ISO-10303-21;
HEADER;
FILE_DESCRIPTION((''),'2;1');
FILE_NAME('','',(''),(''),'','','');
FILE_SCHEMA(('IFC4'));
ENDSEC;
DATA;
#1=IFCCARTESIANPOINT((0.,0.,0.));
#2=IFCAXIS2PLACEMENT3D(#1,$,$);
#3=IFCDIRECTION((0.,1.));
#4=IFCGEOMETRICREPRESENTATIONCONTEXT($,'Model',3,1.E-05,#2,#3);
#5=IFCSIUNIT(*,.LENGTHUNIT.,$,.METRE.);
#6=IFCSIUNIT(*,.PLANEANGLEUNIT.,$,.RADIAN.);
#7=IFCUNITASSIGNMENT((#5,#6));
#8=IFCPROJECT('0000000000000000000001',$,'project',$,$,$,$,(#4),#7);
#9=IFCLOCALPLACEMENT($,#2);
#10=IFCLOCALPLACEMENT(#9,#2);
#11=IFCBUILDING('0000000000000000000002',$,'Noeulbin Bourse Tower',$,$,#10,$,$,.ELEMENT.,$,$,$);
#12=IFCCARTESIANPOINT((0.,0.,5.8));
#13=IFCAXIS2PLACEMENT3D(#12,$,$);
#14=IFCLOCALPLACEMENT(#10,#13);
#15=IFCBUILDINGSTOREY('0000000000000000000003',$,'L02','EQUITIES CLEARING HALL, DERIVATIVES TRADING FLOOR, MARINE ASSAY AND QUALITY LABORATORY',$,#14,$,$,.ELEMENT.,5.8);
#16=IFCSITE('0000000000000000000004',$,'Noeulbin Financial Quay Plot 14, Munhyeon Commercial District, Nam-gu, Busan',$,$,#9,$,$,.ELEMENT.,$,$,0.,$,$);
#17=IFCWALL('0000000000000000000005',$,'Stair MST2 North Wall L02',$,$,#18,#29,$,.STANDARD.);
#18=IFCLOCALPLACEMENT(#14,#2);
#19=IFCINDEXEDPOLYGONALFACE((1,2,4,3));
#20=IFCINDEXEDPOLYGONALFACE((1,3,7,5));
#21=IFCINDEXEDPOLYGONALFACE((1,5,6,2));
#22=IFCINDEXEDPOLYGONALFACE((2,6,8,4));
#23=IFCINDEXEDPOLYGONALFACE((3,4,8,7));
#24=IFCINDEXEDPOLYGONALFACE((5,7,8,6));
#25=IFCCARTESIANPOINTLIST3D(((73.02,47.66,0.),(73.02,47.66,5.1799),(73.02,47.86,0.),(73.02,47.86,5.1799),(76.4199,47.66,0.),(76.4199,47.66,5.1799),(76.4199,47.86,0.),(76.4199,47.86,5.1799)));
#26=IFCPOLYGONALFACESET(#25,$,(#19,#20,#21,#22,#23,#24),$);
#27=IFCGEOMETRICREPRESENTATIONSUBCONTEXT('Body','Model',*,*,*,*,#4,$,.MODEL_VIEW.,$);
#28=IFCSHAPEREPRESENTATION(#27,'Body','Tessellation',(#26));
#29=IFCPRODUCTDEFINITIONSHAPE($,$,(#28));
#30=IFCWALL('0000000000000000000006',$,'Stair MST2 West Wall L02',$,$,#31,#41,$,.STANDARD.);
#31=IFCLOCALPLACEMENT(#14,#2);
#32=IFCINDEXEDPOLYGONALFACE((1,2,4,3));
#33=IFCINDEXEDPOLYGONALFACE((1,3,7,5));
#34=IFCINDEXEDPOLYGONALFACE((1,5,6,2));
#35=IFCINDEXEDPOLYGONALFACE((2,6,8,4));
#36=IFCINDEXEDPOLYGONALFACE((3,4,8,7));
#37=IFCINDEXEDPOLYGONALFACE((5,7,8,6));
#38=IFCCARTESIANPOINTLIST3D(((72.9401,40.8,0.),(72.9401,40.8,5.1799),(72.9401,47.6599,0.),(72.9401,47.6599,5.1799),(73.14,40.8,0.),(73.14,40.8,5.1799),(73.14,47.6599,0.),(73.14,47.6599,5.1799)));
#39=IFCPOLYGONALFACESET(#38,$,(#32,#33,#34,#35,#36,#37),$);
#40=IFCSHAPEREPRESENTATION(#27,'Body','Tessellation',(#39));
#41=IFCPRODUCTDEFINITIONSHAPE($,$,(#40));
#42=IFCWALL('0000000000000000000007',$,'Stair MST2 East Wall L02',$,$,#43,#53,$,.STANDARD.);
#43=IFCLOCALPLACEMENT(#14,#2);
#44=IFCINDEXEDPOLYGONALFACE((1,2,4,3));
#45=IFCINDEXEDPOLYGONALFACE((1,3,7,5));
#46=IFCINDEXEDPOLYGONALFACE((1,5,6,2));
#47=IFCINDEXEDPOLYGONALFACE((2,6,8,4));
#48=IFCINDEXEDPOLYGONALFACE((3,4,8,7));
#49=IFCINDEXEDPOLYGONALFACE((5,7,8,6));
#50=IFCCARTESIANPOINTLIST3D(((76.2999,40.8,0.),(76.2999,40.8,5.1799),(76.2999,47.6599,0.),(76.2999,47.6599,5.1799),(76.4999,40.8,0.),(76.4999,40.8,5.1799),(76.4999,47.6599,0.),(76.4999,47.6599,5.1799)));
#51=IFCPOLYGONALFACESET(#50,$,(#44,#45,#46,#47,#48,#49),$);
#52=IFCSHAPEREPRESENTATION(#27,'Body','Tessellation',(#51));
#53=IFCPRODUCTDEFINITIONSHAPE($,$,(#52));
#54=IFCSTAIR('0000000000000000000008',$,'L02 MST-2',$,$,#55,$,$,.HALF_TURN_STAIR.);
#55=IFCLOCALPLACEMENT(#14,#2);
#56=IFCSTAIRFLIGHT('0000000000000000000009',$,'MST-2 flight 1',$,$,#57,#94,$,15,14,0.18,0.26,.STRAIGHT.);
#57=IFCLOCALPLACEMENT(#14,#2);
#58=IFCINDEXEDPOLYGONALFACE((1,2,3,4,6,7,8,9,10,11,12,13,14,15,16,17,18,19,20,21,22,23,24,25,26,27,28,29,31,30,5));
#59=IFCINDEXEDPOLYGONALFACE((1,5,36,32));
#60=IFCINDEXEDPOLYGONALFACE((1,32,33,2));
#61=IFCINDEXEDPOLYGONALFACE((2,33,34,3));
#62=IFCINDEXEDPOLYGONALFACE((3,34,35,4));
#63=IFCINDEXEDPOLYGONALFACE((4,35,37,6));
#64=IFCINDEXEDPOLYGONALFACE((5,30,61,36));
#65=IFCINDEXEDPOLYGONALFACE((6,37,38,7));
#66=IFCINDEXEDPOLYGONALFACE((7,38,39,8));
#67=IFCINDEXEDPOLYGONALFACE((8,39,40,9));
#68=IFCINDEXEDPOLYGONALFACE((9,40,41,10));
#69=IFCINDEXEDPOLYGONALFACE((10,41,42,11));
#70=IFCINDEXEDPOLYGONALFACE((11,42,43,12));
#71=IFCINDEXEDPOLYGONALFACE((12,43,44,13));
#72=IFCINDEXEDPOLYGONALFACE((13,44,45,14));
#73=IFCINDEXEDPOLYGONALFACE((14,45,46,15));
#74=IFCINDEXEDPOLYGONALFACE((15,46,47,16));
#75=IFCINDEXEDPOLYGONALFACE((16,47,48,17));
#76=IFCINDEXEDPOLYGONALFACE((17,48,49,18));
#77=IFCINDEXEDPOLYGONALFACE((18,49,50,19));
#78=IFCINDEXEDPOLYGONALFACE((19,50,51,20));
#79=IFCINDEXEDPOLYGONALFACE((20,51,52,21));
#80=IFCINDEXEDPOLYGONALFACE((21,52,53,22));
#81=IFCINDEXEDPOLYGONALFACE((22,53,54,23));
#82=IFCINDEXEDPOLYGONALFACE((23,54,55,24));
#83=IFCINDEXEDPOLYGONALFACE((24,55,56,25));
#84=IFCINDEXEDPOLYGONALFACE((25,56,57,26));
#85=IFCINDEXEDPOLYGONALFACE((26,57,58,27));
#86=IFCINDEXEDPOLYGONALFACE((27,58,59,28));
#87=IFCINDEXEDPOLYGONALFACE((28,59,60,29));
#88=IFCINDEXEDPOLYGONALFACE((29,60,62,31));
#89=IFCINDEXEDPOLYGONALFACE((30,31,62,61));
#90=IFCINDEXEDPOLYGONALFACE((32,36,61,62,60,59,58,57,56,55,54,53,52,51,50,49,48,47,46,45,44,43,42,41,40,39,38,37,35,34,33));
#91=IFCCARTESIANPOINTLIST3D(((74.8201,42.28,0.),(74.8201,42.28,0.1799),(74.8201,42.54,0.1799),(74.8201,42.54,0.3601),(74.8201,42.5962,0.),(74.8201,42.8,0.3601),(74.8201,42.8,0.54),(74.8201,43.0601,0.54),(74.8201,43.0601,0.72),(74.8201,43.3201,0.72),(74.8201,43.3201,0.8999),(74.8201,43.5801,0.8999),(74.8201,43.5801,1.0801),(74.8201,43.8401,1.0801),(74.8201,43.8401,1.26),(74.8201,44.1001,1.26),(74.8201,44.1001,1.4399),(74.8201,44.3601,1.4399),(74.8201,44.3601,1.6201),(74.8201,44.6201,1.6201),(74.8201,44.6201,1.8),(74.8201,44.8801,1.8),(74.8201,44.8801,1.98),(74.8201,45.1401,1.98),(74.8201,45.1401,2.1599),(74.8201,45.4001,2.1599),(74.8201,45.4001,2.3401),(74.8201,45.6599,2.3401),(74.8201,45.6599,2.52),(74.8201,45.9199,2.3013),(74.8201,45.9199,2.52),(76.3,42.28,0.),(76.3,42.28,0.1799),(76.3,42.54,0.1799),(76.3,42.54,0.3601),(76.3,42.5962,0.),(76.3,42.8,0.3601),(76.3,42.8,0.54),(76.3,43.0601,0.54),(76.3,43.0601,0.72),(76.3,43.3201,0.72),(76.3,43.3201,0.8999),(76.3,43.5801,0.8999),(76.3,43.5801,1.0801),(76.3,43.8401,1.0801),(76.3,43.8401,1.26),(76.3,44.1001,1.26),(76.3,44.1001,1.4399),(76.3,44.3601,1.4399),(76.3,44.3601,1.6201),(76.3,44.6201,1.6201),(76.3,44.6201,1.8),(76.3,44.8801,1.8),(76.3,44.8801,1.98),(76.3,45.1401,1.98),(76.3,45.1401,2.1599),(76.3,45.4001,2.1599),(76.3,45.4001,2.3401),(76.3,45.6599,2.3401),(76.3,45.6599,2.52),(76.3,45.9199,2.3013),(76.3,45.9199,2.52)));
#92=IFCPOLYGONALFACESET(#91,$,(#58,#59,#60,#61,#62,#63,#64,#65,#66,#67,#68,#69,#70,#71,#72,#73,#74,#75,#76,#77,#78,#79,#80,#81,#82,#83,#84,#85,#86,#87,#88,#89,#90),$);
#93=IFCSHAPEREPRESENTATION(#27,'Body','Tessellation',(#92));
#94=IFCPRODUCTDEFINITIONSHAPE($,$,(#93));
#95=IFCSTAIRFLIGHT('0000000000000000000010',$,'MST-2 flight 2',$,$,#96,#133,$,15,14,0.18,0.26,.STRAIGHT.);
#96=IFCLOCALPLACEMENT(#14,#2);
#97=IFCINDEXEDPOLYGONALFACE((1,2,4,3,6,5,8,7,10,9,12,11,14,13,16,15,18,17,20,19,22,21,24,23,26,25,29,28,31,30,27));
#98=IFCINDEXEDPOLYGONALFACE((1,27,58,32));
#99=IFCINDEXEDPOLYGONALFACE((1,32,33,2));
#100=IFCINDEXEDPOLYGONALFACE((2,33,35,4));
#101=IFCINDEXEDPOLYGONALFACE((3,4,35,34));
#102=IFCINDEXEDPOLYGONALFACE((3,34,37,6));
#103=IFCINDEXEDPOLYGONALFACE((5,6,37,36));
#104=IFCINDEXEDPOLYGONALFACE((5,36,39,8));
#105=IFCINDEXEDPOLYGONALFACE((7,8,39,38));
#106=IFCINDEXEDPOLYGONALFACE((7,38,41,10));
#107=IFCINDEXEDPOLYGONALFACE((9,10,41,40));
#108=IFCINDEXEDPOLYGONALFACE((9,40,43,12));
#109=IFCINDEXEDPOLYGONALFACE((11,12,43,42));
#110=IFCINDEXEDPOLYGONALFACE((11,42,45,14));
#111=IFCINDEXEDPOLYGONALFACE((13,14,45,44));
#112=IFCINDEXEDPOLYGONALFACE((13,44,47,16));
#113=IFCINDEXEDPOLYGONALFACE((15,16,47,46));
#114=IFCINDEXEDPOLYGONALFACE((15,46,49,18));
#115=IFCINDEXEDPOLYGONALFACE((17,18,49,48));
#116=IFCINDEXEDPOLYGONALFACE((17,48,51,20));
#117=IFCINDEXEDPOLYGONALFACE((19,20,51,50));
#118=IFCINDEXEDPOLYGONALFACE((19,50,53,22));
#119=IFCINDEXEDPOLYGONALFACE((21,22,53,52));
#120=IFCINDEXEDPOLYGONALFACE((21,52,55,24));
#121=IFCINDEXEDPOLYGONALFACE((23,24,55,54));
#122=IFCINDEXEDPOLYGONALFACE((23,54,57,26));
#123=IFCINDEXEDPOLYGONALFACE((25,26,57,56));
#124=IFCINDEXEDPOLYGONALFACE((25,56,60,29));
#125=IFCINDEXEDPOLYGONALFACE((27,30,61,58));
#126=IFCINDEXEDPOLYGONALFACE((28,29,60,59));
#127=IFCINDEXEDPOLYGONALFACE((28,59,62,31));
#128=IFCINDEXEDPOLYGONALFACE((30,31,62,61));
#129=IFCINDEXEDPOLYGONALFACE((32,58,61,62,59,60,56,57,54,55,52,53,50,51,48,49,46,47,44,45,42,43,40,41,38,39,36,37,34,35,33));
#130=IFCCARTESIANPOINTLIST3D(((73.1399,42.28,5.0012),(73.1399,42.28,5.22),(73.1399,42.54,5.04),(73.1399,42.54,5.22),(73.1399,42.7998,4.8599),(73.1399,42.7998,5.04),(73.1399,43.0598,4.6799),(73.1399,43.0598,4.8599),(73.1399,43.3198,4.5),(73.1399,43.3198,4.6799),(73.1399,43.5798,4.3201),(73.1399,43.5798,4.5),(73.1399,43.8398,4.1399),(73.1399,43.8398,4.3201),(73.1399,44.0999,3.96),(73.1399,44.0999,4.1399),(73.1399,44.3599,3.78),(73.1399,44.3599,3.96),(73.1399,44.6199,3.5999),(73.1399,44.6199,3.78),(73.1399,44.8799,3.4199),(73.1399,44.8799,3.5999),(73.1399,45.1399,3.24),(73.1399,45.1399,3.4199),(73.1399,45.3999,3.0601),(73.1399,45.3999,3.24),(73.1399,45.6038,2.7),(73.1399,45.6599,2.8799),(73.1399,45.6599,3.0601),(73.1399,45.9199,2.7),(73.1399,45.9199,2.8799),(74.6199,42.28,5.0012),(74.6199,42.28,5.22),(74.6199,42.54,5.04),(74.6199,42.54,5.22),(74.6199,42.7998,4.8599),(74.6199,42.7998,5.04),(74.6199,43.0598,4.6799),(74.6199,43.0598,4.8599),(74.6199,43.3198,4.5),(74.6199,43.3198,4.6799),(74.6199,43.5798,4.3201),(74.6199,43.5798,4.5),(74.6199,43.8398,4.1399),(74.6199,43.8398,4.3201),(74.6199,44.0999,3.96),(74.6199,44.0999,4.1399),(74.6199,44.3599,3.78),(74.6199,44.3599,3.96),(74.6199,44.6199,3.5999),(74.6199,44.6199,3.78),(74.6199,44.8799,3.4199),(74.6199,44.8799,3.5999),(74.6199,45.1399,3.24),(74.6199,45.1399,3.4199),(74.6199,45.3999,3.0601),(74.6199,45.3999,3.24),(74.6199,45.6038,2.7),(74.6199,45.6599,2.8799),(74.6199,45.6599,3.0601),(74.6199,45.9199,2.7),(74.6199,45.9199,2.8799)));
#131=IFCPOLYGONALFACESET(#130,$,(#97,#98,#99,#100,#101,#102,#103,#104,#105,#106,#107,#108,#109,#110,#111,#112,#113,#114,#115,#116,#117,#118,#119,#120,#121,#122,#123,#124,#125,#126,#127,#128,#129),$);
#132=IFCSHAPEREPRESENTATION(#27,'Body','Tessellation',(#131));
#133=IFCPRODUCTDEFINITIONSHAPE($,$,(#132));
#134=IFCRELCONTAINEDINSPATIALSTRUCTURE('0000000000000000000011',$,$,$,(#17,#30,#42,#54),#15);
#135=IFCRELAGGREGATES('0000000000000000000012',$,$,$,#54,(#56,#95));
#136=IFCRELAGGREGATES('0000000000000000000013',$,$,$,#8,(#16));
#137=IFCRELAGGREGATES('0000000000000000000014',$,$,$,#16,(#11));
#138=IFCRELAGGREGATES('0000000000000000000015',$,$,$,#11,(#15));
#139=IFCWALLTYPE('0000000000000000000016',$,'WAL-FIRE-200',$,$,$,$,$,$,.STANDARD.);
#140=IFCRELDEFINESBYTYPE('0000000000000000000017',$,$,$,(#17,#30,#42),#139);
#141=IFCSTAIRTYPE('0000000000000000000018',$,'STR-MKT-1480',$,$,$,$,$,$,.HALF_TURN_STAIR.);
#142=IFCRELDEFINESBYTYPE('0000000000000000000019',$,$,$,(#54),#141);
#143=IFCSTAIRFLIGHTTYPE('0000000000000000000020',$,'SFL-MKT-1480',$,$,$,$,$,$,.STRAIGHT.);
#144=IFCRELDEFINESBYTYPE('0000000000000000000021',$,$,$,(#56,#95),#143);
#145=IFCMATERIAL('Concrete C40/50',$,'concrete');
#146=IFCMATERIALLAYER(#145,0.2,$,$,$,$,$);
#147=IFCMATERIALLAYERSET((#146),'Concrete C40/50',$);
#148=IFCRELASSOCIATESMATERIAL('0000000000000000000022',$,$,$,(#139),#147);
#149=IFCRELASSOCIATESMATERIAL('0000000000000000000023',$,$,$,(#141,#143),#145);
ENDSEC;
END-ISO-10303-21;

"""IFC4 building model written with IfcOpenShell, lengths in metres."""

from ifc_helpers import new_model, si_unit, direction, frame, frame_2d, origin, place, context, subcontext, project, spatial, polyline, rectangle, outline, extrude, material, layer, layer_set, type_object, element, aggregate, save


model = new_model("IFC4")

# Units and contexts
model_context = context("Model", 3, precision=1e-05, world=origin(), true_north=direction((0.0, 1.0)))
body_context = subcontext(model_context, "Body", "Model", "MODEL_VIEW")
ifc_project = project(units=[si_unit("LENGTHUNIT", "METRE"), si_unit("PLANEANGLEUNIT", "RADIAN")], contexts=[model_context])

# Site, building, storey
site_placement = place(None, origin())
site = spatial("IfcSite", under=ifc_project, at=site_placement, Name="Noeulbin Financial Quay Plot 14, Munhyeon Commercial District, Nam-gu, Busan", CompositionType="ELEMENT", RefElevation=0.0)
building_placement = place(site_placement, origin())
building = spatial("IfcBuilding", under=site, at=building_placement, Name="Noeulbin Bourse Tower", CompositionType="ELEMENT")
storey_placement = place(building_placement, frame((0.0, 0.0, 5.8)))
storey = spatial("IfcBuildingStorey", under=building, at=storey_placement, Name="L02", Description="EQUITIES CLEARING HALL, DERIVATIVES TRADING FLOOR, MARINE ASSAY AND QUALITY LABORATORY", CompositionType="ELEMENT", Elevation=5.8)

# Shared definitions
ifc_material_1 = material(Name="Concrete C40/50", Category="concrete")
ifc_layer_1 = layer(ifc_material_1, 0.2)
ifc_layer_set_1 = layer_set([ifc_layer_1], Name="Concrete C40/50")
wall_type = type_object("IfcWallType", Name="WAL-FIRE-200", PredefinedType="STANDARD", material=ifc_layer_set_1)

# Walls
wall_1_placement = place(storey_placement, frame((73.02, 47.76, 0.0), z_axis=(0.0, 0.0, 1.0), x_axis=(1.0, 0.0, 0.0)))
element("IfcWall", 1, at=wall_1_placement, inside=storey, type_object=wall_type, Name="Stair MST2 North Wall L02", PredefinedType="STANDARD", context=body_context, shape_type="SweptSolid", body=[
    extrude(rectangle(XDim=3.3999, YDim=0.2, at=frame_2d((1.7, 0.0))), origin(), (0.0, 0.0, 1.0), 5.1799),
])
for number, where, z_axis, x_axis, name in (
    (2, (73.04, 40.8, 0.0), (0.0, 0.0, 1.0), (0.0, 1.0, 0.0), "Stair MST2 West Wall L02"),
    (3, (76.3999, 40.8, 0.0), (0.0, 0.0, 1.0), (0.0, 1.0, 0.0), "Stair MST2 East Wall L02"),
):
    element("IfcWall", number, at=place(storey_placement, frame(where, z_axis=z_axis, x_axis=x_axis)), inside=storey, type_object=wall_type, Name=name, PredefinedType="STANDARD", context=body_context, shape_type="SweptSolid", body=[
        extrude(rectangle(XDim=6.8599, YDim=0.2, at=frame_2d((3.4299, 0.0))), origin(), (0.0, 0.0, 1.0), 5.1799),
    ])

# Stair, stair flights
stair_type = type_object("IfcStairType", Name="STR-MKT-1480", PredefinedType="HALF_TURN_STAIR", material=ifc_material_1)
stair_placement = place(storey_placement, origin())
stair = element("IfcStair", 4, at=stair_placement, inside=storey, type_object=stair_type, Name="L02 MST-2", PredefinedType="HALF_TURN_STAIR")
stair_flight_type = type_object("IfcStairFlightType", Name="SFL-MKT-1480", PredefinedType="STRAIGHT", material=ifc_material_1)
stair_flight_1_placement = place(storey_placement, frame((75.5601, 42.28, 0.0), z_axis=(0.0, 0.0, 1.0), x_axis=(0.0, 1.0, 0.0)))
stair_flight_1 = element("IfcStairFlight", 5, at=stair_flight_1_placement, type_object=stair_flight_type, Name="MST-2 flight 1", NumberOfRisers=15, NumberOfTreads=14, PredefinedType="STRAIGHT", RiserHeight=0.18, TreadLength=0.26, context=body_context, shape_type="SweptSolid", body=[
    extrude(outline(polyline([(0.0, 0.0), (0.0, 0.1799), (0.26, 0.1799), (0.26, 0.3601), (0.52, 0.3601), (0.52, 0.54), (0.78, 0.54), (0.78, 0.72), (1.04, 0.72), (1.04, 0.8999), (1.3, 0.8999), (1.3, 1.0801), (1.5601, 1.0801), (1.5601, 1.26), (1.8201, 1.26), (1.8201, 1.4399), (2.0801, 1.4399), (2.0801, 1.6201), (2.3401, 1.6201), (2.3401, 1.8), (2.6001, 1.8), (2.6001, 1.98), (2.8601, 1.98), (2.8601, 2.1599), (3.1201, 2.1599), (3.1201, 2.3401), (3.3799, 2.3401), (3.3799, 2.52), (3.6399, 2.52), (3.6399, 2.7), (3.6399, 2.3013), (0.3162, 0.0), (0.0, 0.0)])), frame((0.0, 0.74, 0.0), z_axis=(0.0, -1.0, 0.0), x_axis=(1.0, 0.0, 0.0)), (0.0, 0.0, 1.0), 1.48),
])
stair_flight_2_placement = place(storey_placement, frame((73.8799, 45.9199, 2.7), z_axis=(0.0, 0.0, 1.0), x_axis=(0.0, -1.0, 0.0)))
stair_flight_2 = element("IfcStairFlight", 6, at=stair_flight_2_placement, type_object=stair_flight_type, Name="MST-2 flight 2", NumberOfRisers=15, NumberOfTreads=14, PredefinedType="STRAIGHT", RiserHeight=0.18, TreadLength=0.26, context=body_context, shape_type="SweptSolid", body=[
    extrude(outline(polyline([(0.0, 0.0), (0.0, 0.1799), (0.26, 0.1799), (0.26, 0.3601), (0.52, 0.3601), (0.52, 0.54), (0.78, 0.54), (0.78, 0.72), (1.04, 0.72), (1.04, 0.8999), (1.3, 0.8999), (1.3, 1.0801), (1.5601, 1.0801), (1.5601, 1.26), (1.8201, 1.26), (1.8201, 1.4399), (2.0801, 1.4399), (2.0801, 1.6201), (2.3401, 1.6201), (2.3401, 1.8), (2.6001, 1.8), (2.6001, 1.98), (2.8601, 1.98), (2.8601, 2.1599), (3.1201, 2.1599), (3.1201, 2.3401), (3.3799, 2.3401), (3.3799, 2.52), (3.6399, 2.52), (3.6399, 2.7), (3.6399, 2.3013), (0.3162, 0.0), (0.0, 0.0)])), frame((0.0, 0.74, 0.0), z_axis=(0.0, -1.0, 0.0), x_axis=(1.0, 0.0, 0.0)), (0.0, 0.0, 1.0), 1.48),
])
aggregate(stair, [stair_flight_1, stair_flight_2])

save(model, "model.ifc")
